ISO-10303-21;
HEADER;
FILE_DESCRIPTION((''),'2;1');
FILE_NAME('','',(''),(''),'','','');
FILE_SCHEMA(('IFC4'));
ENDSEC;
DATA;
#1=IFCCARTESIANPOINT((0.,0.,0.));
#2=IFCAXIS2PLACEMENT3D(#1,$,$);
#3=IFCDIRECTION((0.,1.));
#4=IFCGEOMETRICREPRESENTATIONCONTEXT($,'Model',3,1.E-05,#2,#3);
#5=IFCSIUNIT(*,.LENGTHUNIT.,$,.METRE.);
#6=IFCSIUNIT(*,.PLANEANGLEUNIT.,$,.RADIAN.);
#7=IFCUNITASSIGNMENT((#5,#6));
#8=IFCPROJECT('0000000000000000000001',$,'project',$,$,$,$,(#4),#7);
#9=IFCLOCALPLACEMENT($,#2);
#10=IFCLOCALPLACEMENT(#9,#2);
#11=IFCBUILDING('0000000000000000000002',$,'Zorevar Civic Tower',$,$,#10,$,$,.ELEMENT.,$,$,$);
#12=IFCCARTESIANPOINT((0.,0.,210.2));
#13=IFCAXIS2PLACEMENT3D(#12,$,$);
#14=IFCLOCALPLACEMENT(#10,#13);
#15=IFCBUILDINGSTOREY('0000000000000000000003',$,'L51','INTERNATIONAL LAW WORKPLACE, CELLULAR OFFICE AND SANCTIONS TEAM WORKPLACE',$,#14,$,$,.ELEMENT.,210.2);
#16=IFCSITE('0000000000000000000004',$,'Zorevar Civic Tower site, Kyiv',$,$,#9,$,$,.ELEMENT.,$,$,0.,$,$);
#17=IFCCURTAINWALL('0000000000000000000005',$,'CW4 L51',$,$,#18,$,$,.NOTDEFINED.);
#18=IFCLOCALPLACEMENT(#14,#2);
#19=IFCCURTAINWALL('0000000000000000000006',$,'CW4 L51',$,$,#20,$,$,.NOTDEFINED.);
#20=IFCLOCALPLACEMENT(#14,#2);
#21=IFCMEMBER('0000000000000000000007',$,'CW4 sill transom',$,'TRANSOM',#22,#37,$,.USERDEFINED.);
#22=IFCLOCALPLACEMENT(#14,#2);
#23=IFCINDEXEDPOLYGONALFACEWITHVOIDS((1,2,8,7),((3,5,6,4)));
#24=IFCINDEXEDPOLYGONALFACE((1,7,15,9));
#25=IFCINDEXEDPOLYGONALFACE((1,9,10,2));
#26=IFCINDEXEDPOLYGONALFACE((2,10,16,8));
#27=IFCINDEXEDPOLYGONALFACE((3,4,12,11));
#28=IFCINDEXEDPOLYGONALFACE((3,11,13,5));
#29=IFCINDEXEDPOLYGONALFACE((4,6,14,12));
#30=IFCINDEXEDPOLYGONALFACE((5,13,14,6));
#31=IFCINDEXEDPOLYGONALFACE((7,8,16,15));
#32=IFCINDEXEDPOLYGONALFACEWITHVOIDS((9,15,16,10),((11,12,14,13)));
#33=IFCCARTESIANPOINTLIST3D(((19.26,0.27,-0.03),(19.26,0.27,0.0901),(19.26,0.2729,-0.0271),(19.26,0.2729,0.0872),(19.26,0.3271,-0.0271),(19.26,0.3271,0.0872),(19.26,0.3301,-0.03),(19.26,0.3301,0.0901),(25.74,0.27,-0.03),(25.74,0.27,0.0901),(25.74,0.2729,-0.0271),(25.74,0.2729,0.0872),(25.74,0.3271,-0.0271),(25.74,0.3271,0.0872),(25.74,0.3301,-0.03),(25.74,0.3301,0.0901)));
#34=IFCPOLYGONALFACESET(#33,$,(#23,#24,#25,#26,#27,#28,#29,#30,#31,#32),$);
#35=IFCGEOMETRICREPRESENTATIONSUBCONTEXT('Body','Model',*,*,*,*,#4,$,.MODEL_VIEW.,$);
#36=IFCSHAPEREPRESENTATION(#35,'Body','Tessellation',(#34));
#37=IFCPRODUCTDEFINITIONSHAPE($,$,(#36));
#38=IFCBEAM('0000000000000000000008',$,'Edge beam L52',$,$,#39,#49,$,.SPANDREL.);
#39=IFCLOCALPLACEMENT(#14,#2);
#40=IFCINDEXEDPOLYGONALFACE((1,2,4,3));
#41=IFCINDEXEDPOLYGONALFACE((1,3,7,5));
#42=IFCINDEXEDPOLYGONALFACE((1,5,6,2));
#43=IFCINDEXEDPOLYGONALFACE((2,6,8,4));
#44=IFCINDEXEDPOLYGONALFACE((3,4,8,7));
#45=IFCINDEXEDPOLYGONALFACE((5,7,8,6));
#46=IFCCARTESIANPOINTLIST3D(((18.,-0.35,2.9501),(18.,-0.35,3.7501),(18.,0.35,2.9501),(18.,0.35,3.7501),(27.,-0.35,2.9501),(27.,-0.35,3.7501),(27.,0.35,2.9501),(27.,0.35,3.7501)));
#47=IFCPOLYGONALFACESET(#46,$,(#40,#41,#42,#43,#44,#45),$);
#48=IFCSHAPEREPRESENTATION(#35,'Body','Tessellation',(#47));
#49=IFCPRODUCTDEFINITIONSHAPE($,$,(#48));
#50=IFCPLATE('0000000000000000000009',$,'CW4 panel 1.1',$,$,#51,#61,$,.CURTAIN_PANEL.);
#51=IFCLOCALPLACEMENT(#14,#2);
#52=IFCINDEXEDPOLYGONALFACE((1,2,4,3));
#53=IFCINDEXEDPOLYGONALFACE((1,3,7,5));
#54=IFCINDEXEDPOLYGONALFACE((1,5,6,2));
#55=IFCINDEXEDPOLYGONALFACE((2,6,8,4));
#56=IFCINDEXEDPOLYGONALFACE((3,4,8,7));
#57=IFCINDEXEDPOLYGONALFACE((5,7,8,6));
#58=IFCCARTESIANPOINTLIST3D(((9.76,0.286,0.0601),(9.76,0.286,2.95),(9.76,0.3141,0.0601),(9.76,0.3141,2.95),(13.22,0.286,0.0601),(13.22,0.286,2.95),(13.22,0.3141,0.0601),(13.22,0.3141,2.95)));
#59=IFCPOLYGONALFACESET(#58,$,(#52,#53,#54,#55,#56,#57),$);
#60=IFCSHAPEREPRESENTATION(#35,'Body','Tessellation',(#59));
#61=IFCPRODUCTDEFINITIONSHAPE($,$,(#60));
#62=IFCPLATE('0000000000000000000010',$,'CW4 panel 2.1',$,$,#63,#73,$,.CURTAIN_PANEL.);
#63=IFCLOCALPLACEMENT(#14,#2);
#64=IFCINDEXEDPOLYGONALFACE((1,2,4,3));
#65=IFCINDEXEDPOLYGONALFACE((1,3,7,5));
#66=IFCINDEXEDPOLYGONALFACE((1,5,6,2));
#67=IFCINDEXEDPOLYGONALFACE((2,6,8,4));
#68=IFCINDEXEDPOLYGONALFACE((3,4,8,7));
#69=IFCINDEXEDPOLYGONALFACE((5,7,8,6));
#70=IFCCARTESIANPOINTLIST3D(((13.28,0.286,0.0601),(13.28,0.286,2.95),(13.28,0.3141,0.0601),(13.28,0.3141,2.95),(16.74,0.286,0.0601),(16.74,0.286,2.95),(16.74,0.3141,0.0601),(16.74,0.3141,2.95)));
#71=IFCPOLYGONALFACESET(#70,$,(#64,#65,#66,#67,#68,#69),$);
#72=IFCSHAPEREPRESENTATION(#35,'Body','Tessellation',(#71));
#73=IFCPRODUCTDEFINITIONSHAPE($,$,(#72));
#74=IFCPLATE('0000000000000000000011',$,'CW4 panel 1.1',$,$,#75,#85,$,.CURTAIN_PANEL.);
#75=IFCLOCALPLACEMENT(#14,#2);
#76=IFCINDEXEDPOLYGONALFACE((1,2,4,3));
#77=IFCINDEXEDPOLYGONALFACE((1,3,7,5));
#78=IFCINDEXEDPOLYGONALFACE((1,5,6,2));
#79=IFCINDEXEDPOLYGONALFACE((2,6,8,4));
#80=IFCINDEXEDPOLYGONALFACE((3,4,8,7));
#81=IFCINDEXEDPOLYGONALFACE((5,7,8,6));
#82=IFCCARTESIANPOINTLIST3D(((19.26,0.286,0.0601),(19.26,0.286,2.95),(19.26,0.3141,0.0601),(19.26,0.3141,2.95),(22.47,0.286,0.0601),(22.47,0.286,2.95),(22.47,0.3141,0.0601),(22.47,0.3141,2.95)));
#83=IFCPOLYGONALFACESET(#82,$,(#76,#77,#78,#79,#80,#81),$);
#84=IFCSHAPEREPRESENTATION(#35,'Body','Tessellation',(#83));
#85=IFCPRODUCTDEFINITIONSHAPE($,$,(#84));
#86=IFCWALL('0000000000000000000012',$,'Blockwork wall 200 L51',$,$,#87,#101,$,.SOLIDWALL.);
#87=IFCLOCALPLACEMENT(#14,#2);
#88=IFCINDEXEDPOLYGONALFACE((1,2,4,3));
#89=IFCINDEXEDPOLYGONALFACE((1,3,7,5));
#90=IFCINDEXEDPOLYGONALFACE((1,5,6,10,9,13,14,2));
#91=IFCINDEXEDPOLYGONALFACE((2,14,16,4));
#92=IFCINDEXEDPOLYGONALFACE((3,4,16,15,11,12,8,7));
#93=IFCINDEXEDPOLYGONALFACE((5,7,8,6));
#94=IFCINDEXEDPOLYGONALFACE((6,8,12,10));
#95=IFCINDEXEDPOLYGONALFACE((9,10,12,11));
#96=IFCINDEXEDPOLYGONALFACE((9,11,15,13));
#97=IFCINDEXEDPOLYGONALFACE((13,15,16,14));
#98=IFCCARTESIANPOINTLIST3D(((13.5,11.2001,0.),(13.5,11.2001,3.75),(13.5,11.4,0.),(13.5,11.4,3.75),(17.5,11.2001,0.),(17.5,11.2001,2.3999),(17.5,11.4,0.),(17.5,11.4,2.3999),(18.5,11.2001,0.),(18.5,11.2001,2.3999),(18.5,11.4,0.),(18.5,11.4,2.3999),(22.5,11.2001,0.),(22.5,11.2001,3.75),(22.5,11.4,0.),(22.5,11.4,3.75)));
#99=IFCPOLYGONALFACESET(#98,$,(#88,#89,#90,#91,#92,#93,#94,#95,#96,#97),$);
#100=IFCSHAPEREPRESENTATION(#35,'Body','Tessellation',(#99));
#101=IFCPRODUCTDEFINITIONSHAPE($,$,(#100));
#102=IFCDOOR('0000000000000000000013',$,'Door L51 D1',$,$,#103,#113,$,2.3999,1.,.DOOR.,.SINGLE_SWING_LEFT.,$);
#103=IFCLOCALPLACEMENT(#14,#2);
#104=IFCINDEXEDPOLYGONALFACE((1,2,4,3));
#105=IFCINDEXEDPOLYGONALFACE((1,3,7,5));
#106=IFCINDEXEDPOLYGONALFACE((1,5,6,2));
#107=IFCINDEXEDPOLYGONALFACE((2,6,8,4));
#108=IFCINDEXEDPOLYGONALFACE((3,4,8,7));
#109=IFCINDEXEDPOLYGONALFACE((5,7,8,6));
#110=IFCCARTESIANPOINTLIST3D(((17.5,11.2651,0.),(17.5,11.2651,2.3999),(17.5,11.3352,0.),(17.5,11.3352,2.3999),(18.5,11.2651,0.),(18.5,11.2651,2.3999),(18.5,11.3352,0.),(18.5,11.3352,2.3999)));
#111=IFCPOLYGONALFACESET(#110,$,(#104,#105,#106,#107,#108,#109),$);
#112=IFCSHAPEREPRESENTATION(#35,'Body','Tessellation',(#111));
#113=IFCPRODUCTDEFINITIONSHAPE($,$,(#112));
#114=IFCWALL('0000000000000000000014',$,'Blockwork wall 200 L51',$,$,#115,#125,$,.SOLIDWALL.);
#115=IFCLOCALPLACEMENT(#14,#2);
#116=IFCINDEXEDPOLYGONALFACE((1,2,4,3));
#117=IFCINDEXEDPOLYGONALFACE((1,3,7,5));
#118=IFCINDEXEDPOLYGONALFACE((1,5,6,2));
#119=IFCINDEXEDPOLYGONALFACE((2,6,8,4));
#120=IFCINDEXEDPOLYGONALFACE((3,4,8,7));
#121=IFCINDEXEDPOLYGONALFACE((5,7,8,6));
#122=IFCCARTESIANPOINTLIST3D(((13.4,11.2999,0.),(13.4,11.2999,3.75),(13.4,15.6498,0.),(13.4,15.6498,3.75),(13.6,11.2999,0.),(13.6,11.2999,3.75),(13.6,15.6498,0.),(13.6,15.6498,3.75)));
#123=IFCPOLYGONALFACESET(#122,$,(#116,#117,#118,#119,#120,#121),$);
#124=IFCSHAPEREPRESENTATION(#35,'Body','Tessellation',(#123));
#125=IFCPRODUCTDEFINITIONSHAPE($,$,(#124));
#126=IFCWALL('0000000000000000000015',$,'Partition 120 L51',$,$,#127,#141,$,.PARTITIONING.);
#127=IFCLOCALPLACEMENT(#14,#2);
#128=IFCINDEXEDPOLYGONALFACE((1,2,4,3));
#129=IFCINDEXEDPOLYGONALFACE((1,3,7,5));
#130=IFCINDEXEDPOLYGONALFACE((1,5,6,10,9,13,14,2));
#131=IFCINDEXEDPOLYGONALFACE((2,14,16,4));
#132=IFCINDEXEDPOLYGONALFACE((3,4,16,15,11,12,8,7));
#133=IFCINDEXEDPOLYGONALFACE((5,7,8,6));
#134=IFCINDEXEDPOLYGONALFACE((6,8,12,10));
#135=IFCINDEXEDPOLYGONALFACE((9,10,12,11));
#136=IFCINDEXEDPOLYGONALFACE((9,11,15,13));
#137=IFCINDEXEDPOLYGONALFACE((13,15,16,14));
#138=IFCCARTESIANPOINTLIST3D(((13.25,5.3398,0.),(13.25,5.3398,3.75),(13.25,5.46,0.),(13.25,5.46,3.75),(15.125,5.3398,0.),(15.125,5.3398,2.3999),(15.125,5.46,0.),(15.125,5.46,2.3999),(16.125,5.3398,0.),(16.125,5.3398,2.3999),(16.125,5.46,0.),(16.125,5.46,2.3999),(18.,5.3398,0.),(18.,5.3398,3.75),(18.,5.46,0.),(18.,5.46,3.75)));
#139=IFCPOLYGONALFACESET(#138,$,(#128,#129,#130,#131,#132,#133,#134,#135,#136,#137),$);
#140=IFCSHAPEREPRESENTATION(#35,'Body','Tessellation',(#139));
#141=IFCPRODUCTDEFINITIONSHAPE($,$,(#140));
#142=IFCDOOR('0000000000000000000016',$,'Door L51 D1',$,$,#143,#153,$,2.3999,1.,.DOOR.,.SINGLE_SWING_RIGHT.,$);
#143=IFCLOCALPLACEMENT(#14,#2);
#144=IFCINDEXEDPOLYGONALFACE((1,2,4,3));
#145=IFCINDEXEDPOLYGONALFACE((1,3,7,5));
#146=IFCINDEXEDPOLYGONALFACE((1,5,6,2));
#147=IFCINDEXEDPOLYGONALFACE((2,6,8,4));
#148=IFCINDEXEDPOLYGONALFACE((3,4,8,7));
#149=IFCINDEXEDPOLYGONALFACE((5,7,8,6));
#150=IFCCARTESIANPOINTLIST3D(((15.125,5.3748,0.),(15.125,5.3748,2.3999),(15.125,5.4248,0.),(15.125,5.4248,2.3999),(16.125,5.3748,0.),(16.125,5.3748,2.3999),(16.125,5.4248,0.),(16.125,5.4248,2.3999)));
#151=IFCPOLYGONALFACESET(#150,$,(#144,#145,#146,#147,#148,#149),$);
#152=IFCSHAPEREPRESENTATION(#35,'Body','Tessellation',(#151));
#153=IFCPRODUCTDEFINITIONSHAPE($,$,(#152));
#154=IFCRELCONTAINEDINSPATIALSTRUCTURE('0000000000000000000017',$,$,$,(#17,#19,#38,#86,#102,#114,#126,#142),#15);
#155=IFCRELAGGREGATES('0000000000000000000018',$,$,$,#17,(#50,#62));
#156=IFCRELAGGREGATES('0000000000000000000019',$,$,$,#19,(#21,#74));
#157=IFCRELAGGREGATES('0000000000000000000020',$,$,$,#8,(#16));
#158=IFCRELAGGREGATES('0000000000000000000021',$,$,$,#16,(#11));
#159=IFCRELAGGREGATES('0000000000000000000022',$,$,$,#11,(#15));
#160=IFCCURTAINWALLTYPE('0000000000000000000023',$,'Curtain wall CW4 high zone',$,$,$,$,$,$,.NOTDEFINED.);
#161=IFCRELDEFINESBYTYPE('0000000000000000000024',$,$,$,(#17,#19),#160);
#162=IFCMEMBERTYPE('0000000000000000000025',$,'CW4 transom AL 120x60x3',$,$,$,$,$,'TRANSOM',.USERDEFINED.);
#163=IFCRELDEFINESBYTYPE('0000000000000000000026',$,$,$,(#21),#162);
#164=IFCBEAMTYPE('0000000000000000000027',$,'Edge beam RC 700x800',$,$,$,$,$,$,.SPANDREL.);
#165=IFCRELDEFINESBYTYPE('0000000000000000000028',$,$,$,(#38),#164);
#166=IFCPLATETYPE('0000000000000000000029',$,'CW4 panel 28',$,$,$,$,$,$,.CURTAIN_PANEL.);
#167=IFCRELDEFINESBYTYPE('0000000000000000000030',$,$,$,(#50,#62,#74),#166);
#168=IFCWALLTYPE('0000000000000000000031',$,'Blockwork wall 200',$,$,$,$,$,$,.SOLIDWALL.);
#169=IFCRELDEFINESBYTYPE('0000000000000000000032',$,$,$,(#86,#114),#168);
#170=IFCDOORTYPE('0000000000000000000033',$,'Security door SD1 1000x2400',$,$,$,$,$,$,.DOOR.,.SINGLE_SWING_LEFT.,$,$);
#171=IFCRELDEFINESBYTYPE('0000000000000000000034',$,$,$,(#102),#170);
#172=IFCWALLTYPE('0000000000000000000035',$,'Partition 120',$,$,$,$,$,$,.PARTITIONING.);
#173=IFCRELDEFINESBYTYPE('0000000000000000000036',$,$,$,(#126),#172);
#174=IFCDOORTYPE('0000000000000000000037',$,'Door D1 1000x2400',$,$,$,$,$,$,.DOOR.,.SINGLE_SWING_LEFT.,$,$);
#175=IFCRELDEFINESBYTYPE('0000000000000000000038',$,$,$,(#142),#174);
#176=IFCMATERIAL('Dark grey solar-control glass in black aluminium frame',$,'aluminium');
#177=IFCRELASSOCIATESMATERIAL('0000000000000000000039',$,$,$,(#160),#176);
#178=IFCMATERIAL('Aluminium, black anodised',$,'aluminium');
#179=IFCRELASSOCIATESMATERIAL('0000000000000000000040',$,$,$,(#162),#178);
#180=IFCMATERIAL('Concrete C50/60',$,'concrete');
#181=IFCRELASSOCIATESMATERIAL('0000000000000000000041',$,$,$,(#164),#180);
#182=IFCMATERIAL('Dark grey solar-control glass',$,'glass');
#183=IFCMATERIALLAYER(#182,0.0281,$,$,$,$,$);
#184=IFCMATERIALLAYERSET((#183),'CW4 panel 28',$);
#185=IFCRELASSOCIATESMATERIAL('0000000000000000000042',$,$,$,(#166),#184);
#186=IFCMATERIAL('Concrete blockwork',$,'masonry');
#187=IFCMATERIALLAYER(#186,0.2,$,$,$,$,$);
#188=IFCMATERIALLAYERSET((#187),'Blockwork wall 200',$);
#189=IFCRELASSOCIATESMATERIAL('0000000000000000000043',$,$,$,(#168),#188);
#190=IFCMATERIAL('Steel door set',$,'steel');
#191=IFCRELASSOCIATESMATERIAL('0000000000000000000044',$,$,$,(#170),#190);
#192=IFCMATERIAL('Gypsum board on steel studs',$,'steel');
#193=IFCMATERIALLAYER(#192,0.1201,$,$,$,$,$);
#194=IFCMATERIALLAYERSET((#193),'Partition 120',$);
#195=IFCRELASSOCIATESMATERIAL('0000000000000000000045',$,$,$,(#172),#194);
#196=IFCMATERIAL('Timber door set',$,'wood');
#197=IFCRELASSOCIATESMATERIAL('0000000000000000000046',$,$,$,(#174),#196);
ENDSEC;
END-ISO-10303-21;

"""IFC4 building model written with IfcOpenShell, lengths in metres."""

from ifc_helpers import new_model, si_unit, direction, frame, frame_2d, origin, origin_2d, place, context, subcontext, project, spatial, rectangle, hollow_rectangle, extrude, material, layer, layer_set, material_profile, profile_set, type_object, element, fill, aggregate, save


model = new_model("IFC4")

# Units and contexts
model_context = context("Model", 3, precision=1e-05, world=origin(), true_north=direction((0.0, 1.0)))
body_context = subcontext(model_context, "Body", "Model", "MODEL_VIEW")
ifc_project = project(units=[si_unit("LENGTHUNIT", "METRE"), si_unit("PLANEANGLEUNIT", "RADIAN")], contexts=[model_context])

# Site, building, storey
site_placement = place(None, origin())
site = spatial("IfcSite", under=ifc_project, at=site_placement, Name="Zorevar Civic Tower site, Kyiv", CompositionType="ELEMENT", RefElevation=0.0)
building_placement = place(site_placement, origin())
building = spatial("IfcBuilding", under=site, at=building_placement, Name="Zorevar Civic Tower", CompositionType="ELEMENT")
storey_placement = place(building_placement, frame((0.0, 0.0, 210.2)))
storey = spatial("IfcBuildingStorey", under=building, at=storey_placement, Name="L51", Description="INTERNATIONAL LAW WORKPLACE, CELLULAR OFFICE AND SANCTIONS TEAM WORKPLACE", CompositionType="ELEMENT", Elevation=210.2)

# Curtain wall
ifc_material_1 = material(Name="Dark grey solar-control glass in black aluminium frame", Category="aluminium")
curtain_wall_type = type_object("IfcCurtainWallType", Name="Curtain wall CW4 high zone", PredefinedType="NOTDEFINED", material=ifc_material_1)
curtain_wall_1_placement = place(storey_placement, origin())
curtain_wall_1 = element("IfcCurtainWall", 1, at=curtain_wall_1_placement, inside=storey, type_object=curtain_wall_type, Name="CW4 L51", PredefinedType="NOTDEFINED")

# Curtain wall
curtain_wall_2_placement = place(storey_placement, origin())
curtain_wall_2 = element("IfcCurtainWall", 2, at=curtain_wall_2_placement, inside=storey, type_object=curtain_wall_type, Name="CW4 L51", PredefinedType="NOTDEFINED")

# Member
ifc_material_2 = material(Name="Aluminium, black anodised", Category="aluminium")
ifc_material_profile_1 = material_profile(ifc_material_2, hollow_rectangle(XDim=0.0601, YDim=0.1201, WallThickness=0.0029, at=origin_2d()), Name="AL 120x60x3")
ifc_profile_set_1 = profile_set([ifc_material_profile_1], Name="Aluminium, black anodised")
member_type_1 = type_object("IfcMemberType", Name="CW4 transom AL 120x60x3", ElementType="TRANSOM", PredefinedType="USERDEFINED", material=ifc_profile_set_1)
member_1_placement = place(storey_placement, frame((19.26, 0.3, 0.03), z_axis=(1.0, 0.0, 0.0), x_axis=(0.0, 1.0, 0.0)))
member_1 = element("IfcMember", 3, at=member_1_placement, type_object=member_type_1, Name="CW4 sill transom", ObjectType="TRANSOM", PredefinedType="USERDEFINED", context=body_context, shape_type="SweptSolid", body=[
    extrude(hollow_rectangle(XDim=0.0601, YDim=0.1201, WallThickness=0.0029, at=origin_2d()), origin(), (0.0, 0.0, 1.0), 6.48),
])

# Beam
ifc_material_3 = material(Name="Concrete C50/60", Category="concrete")
ifc_material_profile_2 = material_profile(ifc_material_3, rectangle(XDim=0.7, YDim=0.8, at=origin_2d()), Name="RC 700x800")
ifc_profile_set_2 = profile_set([ifc_material_profile_2], Name="Concrete C50/60")
beam_type_1 = type_object("IfcBeamType", Name="Edge beam RC 700x800", PredefinedType="SPANDREL", material=ifc_profile_set_2)
beam_1_placement = place(storey_placement, frame((18.0, 0.0, 3.3501), z_axis=(1.0, 0.0, 0.0), x_axis=(0.0, 1.0, 0.0)))
element("IfcBeam", 4, at=beam_1_placement, inside=storey, type_object=beam_type_1, Name="Edge beam L52", PredefinedType="SPANDREL", context=body_context, shape_type="SweptSolid", body=[
    extrude(rectangle(XDim=0.7, YDim=0.8, at=origin_2d()), origin(), (0.0, 0.0, 1.0), 9.0),
])

# Plates
ifc_material_4 = material(Name="Dark grey solar-control glass", Category="glass")
ifc_layer_1 = layer(ifc_material_4, 0.0281)
ifc_layer_set_1 = layer_set([ifc_layer_1], Name="CW4 panel 28")
plate_type = type_object("IfcPlateType", Name="CW4 panel 28", PredefinedType="CURTAIN_PANEL", material=ifc_layer_set_1)
plate_1_placement = place(storey_placement, frame((11.49, 0.3, 0.0601), z_axis=(0.0, 0.0, 1.0), x_axis=(1.0, 0.0, 0.0)))
plate_1 = element("IfcPlate", 5, at=plate_1_placement, type_object=plate_type, Name="CW4 panel 1.1", PredefinedType="CURTAIN_PANEL", context=body_context, shape_type="SweptSolid", body=[
    extrude(rectangle(XDim=3.46, YDim=0.0281, at=origin_2d()), origin(), (0.0, 0.0, 1.0), 2.8899),
])
plate_2_placement = place(storey_placement, frame((15.01, 0.3, 0.0601), z_axis=(0.0, 0.0, 1.0), x_axis=(1.0, 0.0, 0.0)))
plate_2 = element("IfcPlate", 6, at=plate_2_placement, type_object=plate_type, Name="CW4 panel 2.1", PredefinedType="CURTAIN_PANEL", context=body_context, shape_type="SweptSolid", body=[
    extrude(rectangle(XDim=3.46, YDim=0.0281, at=origin_2d()), origin(), (0.0, 0.0, 1.0), 2.8899),
])
aggregate(curtain_wall_1, [plate_1, plate_2])
plate_3_placement = place(storey_placement, frame((20.865, 0.3, 0.0601), z_axis=(0.0, 0.0, 1.0), x_axis=(1.0, 0.0, 0.0)))
plate_3 = element("IfcPlate", 7, at=plate_3_placement, type_object=plate_type, Name="CW4 panel 1.1", PredefinedType="CURTAIN_PANEL", context=body_context, shape_type="SweptSolid", body=[
    extrude(rectangle(XDim=3.21, YDim=0.0281, at=origin_2d()), origin(), (0.0, 0.0, 1.0), 2.8899),
])
aggregate(curtain_wall_2, [member_1, plate_3])

# Wall, opening, door
ifc_material_5 = material(Name="Concrete blockwork", Category="masonry")
ifc_layer_2 = layer(ifc_material_5, 0.2)
ifc_layer_set_2 = layer_set([ifc_layer_2], Name="Blockwork wall 200")
wall_type_1 = type_object("IfcWallType", Name="Blockwork wall 200", PredefinedType="SOLIDWALL", material=ifc_layer_set_2)
wall_1_placement = place(storey_placement, frame((13.5, 11.3, 0.0), z_axis=(0.0, 0.0, 1.0), x_axis=(1.0, 0.0, 0.0)))
wall_1 = element("IfcWall", 8, at=wall_1_placement, inside=storey, type_object=wall_type_1, Name="Blockwork wall 200 L51", PredefinedType="SOLIDWALL", context=body_context, shape_type="SweptSolid", body=[
    extrude(rectangle(XDim=9.0, YDim=0.2, at=frame_2d((4.5, 0.0))), origin(), (0.0, 0.0, 1.0), 3.75),
])
opening_1_placement = place(wall_1_placement, frame((4.0, 0.0, 0.0)))
opening_1 = element("IfcOpeningElement", 9, at=opening_1_placement, cuts=wall_1, PredefinedType="OPENING", context=body_context, shape_type="SweptSolid", body=[
    extrude(rectangle(XDim=1.0, YDim=2.3999, at=frame_2d((0.5, 1.2))), frame((0.0, 0.1099, 0.0), z_axis=(0.0, -1.0, 0.0), x_axis=(1.0, 0.0, 0.0)), (0.0, 0.0, 1.0), 0.22),
])
ifc_material_6 = material(Name="Steel door set", Category="steel")
door_type_1 = type_object("IfcDoorType", Name="Security door SD1 1000x2400", OperationType="SINGLE_SWING_LEFT", PredefinedType="DOOR", material=ifc_material_6)
door_1_placement = place(opening_1_placement, origin())
door_1 = element("IfcDoor", 10, at=door_1_placement, inside=storey, type_object=door_type_1, Name="Door L51 D1", OperationType="SINGLE_SWING_LEFT", OverallHeight=2.3999, OverallWidth=1.0, PredefinedType="DOOR", context=body_context, shape_type="SweptSolid", body=[
    extrude(rectangle(XDim=1.0, YDim=2.3999, at=frame_2d((0.5, 1.2))), frame((0.0, 0.0352, 0.0), z_axis=(0.0, -1.0, 0.0), x_axis=(1.0, 0.0, 0.0)), (0.0, 0.0, 1.0), 0.0701),
])
fill(opening_1, door_1)

# Wall
wall_2_placement = place(storey_placement, frame((13.5, 11.3, 0.0), z_axis=(0.0, 0.0, 1.0), x_axis=(0.0, 1.0, 0.0)))
element("IfcWall", 11, at=wall_2_placement, inside=storey, type_object=wall_type_1, Name="Blockwork wall 200 L51", PredefinedType="SOLIDWALL", context=body_context, shape_type="SweptSolid", body=[
    extrude(rectangle(XDim=4.3499, YDim=0.2, at=frame_2d((2.1748, 0.0))), origin(), (0.0, 0.0, 1.0), 3.75),
])

# Wall, opening, door
ifc_material_7 = material(Name="Gypsum board on steel studs", Category="steel")
ifc_layer_3 = layer(ifc_material_7, 0.1201)
ifc_layer_set_3 = layer_set([ifc_layer_3], Name="Partition 120")
wall_type_2 = type_object("IfcWallType", Name="Partition 120", PredefinedType="PARTITIONING", material=ifc_layer_set_3)
wall_3_placement = place(storey_placement, frame((13.25, 5.3999, 0.0), z_axis=(0.0, 0.0, 1.0), x_axis=(1.0, 0.0, 0.0)))
wall_3 = element("IfcWall", 12, at=wall_3_placement, inside=storey, type_object=wall_type_2, Name="Partition 120 L51", PredefinedType="PARTITIONING", context=body_context, shape_type="SweptSolid", body=[
    extrude(rectangle(XDim=4.75, YDim=0.1201, at=frame_2d((2.375, 0.0))), origin(), (0.0, 0.0, 1.0), 3.75),
])
opening_2_placement = place(wall_3_placement, frame((1.875, 0.0, 0.0)))
opening_2 = element("IfcOpeningElement", 13, at=opening_2_placement, cuts=wall_3, PredefinedType="OPENING", context=body_context, shape_type="SweptSolid", body=[
    extrude(rectangle(XDim=1.0, YDim=2.3999, at=frame_2d((0.5, 1.2))), frame((0.0, 0.0701, 0.0), z_axis=(0.0, -1.0, 0.0), x_axis=(1.0, 0.0, 0.0)), (0.0, 0.0, 1.0), 0.1401),
])
ifc_material_8 = material(Name="Timber door set", Category="wood")
door_type_2 = type_object("IfcDoorType", Name="Door D1 1000x2400", OperationType="SINGLE_SWING_LEFT", PredefinedType="DOOR", material=ifc_material_8)
door_2_placement = place(opening_2_placement, origin())
door_2 = element("IfcDoor", 14, at=door_2_placement, inside=storey, type_object=door_type_2, Name="Door L51 D1", OperationType="SINGLE_SWING_RIGHT", OverallHeight=2.3999, OverallWidth=1.0, PredefinedType="DOOR", context=body_context, shape_type="SweptSolid", body=[
    extrude(rectangle(XDim=1.0, YDim=2.3999, at=frame_2d((0.5, 1.2))), frame((0.0, 0.0249, 0.0), z_axis=(0.0, -1.0, 0.0), x_axis=(1.0, 0.0, 0.0)), (0.0, 0.0, 1.0), 0.05),
])
fill(opening_2, door_2)

save(model, "model.ifc")
